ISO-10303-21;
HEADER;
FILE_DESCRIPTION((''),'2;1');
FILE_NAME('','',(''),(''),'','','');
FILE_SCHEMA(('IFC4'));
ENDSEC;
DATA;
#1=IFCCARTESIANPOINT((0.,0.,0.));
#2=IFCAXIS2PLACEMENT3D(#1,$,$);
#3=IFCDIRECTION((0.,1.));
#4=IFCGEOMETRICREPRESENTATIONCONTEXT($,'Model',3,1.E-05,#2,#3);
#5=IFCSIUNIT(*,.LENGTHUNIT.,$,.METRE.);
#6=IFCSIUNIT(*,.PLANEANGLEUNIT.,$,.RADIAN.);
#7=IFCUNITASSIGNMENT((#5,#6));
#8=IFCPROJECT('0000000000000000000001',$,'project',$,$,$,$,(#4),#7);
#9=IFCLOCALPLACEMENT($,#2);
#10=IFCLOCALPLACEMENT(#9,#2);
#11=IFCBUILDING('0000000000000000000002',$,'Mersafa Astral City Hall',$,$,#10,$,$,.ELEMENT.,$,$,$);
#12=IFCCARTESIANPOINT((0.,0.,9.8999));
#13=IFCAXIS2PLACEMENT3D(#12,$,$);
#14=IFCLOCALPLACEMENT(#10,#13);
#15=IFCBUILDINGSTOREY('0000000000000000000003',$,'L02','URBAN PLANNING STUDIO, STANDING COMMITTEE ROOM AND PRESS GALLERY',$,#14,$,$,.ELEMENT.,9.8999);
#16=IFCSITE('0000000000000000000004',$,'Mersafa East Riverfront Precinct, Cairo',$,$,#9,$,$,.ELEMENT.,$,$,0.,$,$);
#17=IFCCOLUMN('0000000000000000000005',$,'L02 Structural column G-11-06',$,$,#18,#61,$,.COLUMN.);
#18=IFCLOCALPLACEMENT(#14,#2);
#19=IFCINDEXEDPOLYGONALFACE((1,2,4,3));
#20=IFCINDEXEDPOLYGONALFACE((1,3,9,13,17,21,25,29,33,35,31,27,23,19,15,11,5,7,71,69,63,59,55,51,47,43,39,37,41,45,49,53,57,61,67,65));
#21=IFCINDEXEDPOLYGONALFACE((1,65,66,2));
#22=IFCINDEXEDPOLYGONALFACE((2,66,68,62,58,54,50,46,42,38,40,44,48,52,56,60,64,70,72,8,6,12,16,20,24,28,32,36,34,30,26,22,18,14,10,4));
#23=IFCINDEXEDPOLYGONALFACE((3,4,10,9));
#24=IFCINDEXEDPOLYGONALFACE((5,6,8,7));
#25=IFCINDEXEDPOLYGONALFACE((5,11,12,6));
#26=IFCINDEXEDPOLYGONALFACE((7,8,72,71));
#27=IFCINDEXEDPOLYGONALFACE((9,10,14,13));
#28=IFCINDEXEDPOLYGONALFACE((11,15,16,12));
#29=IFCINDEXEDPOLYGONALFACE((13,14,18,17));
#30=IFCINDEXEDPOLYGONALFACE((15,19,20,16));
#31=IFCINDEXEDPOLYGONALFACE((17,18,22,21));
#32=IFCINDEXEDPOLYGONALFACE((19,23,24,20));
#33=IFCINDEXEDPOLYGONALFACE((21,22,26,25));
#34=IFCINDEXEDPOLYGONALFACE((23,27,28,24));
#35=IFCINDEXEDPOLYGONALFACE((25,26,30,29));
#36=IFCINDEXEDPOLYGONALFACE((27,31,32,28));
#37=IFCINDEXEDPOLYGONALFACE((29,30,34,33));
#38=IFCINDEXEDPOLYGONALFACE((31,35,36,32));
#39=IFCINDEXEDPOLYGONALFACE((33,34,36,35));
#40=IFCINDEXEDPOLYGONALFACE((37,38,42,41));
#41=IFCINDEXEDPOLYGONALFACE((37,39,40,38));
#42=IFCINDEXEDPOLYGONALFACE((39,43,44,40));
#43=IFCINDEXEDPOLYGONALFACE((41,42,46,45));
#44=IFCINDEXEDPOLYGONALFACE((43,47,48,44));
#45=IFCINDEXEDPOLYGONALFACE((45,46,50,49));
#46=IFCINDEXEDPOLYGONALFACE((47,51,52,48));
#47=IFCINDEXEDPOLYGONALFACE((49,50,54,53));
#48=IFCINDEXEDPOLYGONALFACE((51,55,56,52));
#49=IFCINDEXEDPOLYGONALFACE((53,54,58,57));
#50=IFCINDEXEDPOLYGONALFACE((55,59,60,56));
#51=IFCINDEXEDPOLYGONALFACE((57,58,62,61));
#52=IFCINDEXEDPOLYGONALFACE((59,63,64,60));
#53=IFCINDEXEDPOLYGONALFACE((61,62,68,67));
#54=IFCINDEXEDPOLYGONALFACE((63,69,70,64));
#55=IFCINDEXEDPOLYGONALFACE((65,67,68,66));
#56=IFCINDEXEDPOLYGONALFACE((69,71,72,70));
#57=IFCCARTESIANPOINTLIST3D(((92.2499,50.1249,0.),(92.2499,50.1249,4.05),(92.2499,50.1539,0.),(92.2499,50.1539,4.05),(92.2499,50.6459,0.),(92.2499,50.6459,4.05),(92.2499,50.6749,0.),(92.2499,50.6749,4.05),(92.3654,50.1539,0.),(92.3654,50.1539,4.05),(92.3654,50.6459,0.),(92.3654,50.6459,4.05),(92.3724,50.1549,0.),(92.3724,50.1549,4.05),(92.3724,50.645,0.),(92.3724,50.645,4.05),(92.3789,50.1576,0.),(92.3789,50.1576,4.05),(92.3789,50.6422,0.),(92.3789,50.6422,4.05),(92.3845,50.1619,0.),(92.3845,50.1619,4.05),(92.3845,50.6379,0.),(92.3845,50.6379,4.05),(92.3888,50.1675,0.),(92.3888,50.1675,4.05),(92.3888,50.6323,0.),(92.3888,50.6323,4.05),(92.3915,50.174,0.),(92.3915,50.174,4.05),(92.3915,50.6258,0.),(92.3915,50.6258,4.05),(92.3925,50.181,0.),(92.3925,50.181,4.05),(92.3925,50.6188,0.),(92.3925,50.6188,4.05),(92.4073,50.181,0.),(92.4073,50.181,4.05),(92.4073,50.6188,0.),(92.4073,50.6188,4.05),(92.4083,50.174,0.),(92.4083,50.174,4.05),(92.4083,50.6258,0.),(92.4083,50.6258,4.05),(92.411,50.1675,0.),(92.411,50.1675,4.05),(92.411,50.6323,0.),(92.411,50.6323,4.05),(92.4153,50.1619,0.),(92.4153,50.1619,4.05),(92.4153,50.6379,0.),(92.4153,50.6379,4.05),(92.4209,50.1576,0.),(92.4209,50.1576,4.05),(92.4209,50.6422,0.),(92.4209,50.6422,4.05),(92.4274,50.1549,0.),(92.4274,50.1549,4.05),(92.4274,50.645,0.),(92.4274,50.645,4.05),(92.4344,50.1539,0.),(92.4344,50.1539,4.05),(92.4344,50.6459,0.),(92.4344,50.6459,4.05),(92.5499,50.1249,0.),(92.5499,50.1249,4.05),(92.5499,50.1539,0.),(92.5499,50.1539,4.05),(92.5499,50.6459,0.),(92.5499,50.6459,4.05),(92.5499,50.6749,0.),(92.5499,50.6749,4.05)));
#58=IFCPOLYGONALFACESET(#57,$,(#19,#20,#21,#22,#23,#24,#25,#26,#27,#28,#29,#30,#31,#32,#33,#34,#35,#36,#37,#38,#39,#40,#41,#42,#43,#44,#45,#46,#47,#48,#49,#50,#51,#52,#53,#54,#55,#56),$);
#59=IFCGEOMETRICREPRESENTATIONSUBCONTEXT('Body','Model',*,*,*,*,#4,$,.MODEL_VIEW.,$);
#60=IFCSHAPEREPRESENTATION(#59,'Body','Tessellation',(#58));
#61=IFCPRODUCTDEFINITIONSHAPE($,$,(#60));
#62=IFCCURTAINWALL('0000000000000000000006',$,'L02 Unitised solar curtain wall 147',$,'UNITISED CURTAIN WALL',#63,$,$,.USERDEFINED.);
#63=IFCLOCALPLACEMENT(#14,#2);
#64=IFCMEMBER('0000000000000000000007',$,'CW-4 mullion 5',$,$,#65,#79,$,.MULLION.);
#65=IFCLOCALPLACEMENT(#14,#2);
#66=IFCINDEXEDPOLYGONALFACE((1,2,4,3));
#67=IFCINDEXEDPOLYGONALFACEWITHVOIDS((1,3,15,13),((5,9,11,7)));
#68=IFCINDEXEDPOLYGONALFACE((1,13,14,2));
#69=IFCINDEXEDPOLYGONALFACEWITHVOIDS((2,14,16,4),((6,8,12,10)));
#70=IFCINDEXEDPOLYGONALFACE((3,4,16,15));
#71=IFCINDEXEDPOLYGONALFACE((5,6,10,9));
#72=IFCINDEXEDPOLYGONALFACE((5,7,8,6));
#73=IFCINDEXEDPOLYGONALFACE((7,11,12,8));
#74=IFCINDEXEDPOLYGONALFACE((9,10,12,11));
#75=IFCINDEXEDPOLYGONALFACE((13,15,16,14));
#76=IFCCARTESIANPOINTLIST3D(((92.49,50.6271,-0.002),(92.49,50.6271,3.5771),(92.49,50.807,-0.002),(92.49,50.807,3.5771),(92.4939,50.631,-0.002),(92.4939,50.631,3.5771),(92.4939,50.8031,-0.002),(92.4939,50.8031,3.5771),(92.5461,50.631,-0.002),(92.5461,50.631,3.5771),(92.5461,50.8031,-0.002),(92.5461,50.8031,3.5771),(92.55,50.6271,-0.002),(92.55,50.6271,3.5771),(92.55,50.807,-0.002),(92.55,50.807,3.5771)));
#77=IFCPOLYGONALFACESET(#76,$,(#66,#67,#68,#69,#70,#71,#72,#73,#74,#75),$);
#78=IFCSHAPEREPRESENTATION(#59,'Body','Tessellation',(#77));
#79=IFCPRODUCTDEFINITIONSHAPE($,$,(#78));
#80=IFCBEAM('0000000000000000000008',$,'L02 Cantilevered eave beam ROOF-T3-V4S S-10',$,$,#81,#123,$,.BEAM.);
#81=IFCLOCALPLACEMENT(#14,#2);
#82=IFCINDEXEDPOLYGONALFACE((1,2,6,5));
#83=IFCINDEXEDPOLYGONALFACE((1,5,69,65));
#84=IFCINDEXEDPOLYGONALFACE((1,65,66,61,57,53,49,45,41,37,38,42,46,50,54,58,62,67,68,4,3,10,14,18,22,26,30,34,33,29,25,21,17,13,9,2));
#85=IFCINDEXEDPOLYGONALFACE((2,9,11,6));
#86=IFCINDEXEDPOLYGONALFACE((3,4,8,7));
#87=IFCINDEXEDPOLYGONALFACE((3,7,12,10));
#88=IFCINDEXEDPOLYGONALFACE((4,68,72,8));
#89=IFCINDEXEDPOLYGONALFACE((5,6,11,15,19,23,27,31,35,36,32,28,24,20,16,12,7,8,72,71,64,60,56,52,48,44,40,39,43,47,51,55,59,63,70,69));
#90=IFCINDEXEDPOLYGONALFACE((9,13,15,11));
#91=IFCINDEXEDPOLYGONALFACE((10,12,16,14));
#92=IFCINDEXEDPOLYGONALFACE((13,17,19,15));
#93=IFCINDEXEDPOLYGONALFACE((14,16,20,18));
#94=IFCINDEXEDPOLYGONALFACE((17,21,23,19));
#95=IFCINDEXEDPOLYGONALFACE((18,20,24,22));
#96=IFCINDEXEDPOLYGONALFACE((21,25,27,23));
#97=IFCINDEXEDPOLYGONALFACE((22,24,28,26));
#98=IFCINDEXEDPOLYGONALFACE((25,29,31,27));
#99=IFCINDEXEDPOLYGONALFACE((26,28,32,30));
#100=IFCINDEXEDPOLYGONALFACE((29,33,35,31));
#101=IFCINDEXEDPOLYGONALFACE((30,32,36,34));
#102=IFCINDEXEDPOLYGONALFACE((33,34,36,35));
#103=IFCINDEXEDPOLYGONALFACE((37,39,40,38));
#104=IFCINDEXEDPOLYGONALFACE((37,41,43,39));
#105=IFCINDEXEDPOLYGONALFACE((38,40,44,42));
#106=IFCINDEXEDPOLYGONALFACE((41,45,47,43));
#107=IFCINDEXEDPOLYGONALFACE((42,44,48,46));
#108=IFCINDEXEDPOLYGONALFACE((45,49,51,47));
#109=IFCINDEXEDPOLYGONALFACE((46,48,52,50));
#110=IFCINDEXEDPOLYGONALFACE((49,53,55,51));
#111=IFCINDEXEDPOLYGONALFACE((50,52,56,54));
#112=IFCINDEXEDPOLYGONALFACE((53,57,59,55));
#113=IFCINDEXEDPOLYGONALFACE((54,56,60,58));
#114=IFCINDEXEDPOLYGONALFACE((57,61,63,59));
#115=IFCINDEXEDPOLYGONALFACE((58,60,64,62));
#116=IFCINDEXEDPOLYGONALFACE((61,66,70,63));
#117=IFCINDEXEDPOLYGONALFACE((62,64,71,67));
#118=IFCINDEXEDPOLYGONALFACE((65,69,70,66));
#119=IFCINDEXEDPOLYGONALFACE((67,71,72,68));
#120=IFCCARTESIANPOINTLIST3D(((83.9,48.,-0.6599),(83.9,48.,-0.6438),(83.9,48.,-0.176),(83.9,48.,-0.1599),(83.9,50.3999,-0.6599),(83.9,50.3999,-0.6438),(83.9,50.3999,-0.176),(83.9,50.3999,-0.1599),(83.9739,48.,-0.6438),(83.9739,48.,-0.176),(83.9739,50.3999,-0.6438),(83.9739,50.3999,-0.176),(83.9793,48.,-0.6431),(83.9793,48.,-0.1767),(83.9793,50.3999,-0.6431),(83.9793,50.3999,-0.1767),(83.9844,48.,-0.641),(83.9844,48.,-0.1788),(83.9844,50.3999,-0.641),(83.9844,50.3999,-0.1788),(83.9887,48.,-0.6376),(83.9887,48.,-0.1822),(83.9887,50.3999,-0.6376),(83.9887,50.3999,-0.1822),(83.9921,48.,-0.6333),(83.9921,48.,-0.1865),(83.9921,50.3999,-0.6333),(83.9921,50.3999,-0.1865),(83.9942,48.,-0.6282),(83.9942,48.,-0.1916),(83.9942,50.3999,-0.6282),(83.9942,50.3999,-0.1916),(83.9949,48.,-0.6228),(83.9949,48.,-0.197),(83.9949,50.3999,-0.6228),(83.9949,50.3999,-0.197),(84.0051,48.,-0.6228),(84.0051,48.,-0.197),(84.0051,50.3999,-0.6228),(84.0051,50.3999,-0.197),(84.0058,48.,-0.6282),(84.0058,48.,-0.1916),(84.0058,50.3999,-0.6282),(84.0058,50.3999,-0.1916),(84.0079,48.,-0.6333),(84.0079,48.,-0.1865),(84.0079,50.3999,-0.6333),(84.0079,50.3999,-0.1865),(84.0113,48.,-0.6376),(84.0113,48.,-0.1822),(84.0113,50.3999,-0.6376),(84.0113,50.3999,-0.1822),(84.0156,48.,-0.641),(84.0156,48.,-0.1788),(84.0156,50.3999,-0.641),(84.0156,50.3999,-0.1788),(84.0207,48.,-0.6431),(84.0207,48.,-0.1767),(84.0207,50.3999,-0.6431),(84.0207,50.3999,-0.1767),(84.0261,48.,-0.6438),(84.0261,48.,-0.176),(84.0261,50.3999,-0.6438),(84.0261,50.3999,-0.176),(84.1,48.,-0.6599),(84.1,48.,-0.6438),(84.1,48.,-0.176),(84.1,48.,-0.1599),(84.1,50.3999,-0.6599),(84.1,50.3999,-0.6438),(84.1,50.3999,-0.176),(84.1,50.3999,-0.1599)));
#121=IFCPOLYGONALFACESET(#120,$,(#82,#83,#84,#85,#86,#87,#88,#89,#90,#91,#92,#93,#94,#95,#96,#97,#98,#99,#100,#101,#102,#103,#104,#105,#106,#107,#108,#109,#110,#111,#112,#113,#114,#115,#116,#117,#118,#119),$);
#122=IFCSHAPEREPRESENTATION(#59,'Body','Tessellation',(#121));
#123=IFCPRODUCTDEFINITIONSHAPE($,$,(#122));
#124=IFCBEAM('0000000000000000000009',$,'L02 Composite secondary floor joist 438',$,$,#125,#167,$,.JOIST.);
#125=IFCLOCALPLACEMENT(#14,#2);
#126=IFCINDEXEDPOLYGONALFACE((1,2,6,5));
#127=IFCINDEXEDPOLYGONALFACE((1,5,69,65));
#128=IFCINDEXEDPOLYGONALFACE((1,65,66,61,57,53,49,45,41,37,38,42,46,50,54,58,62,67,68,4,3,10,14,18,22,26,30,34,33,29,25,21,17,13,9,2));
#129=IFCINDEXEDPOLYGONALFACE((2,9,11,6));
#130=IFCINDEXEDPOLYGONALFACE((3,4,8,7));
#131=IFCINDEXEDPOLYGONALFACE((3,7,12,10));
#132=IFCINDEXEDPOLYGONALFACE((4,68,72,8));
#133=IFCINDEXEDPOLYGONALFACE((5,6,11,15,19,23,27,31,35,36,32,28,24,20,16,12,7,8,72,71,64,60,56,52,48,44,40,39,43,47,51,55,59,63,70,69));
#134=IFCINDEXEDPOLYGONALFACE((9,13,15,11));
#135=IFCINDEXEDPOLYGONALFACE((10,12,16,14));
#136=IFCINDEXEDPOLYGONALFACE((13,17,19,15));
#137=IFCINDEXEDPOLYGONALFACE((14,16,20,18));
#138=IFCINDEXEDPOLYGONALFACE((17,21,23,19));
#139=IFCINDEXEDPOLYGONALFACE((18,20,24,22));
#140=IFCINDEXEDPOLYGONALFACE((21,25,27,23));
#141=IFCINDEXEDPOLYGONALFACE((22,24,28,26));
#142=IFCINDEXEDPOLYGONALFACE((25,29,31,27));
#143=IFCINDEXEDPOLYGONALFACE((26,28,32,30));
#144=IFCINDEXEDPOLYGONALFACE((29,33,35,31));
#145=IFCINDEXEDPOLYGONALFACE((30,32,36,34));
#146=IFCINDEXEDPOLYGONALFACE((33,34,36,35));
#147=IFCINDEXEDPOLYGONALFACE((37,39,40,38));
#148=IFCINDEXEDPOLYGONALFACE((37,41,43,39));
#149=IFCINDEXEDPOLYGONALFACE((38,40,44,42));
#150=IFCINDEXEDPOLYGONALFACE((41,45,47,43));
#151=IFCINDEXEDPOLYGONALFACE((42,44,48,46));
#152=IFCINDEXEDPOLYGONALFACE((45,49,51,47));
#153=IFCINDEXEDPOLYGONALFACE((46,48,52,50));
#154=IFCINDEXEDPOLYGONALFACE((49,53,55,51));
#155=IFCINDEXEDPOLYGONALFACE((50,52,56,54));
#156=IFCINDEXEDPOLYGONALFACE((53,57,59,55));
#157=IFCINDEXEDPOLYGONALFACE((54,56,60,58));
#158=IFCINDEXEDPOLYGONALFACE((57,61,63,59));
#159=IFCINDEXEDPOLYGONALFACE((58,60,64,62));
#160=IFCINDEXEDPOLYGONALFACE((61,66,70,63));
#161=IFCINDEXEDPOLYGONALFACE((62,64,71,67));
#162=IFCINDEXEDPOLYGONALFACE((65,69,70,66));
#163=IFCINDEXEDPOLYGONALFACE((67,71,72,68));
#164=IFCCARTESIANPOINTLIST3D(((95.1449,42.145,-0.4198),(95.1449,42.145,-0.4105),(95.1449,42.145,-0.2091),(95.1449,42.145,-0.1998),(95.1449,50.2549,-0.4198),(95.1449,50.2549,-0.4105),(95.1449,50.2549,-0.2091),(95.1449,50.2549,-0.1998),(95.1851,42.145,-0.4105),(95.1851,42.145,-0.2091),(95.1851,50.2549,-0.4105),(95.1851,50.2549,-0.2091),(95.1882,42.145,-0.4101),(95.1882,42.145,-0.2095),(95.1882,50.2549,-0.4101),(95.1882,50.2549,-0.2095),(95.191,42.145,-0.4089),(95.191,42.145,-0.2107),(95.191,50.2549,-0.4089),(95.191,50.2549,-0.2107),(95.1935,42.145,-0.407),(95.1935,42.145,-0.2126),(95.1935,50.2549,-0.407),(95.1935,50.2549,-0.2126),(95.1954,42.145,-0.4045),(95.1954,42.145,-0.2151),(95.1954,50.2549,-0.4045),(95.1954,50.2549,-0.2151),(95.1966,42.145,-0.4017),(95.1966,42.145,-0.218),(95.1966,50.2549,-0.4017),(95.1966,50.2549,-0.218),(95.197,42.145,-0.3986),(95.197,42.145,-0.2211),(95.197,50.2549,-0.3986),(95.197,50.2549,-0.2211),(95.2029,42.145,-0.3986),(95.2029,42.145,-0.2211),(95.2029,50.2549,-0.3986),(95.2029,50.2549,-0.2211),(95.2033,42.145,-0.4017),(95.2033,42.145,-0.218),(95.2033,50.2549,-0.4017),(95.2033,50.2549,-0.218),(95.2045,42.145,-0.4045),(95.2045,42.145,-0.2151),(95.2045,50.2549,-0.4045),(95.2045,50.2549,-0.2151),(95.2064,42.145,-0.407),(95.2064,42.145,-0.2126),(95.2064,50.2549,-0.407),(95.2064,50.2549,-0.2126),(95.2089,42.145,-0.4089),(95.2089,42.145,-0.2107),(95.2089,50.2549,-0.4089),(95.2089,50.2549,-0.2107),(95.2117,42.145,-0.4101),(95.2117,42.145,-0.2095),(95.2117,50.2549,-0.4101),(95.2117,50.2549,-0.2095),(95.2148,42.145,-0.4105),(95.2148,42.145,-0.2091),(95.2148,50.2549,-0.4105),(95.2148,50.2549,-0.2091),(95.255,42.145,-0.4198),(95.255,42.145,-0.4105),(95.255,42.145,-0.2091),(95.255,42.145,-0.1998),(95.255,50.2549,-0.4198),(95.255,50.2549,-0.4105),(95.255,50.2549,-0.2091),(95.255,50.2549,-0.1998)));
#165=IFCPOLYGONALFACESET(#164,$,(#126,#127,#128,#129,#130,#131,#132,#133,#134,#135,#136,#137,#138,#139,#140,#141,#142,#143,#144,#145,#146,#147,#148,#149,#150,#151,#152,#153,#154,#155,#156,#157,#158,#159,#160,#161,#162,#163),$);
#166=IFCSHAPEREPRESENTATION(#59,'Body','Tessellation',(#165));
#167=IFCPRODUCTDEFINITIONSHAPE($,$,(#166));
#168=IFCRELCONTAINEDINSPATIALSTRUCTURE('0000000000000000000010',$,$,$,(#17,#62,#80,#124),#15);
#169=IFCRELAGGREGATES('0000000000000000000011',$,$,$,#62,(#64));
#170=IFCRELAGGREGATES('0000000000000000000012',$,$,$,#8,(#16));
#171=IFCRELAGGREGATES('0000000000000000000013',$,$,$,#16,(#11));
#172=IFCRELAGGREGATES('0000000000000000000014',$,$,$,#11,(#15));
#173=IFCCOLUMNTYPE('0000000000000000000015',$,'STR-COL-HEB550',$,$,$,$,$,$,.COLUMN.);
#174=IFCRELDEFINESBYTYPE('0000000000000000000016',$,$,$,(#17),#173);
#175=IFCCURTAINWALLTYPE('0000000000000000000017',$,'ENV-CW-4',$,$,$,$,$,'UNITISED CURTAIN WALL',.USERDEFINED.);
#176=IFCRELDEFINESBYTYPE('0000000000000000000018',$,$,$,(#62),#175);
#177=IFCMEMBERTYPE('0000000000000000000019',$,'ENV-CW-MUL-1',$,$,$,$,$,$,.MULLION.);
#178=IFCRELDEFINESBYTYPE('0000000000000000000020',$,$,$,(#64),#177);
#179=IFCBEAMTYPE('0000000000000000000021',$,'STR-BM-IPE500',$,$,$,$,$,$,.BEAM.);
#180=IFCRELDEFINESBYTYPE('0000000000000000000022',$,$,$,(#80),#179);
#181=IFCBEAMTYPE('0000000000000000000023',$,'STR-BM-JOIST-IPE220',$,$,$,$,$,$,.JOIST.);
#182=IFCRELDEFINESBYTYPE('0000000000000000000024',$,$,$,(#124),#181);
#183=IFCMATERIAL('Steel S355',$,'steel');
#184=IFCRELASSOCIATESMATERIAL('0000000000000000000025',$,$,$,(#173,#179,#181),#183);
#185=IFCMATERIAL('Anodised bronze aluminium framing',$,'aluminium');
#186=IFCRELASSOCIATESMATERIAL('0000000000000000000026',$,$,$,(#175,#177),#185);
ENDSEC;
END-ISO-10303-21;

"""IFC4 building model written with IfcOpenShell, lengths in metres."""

from ifc_helpers import new_model, si_unit, direction, frame, origin, origin_2d, place, context, subcontext, project, spatial, hollow_rectangle, i_section, extrude, material, material_profile, profile_set, type_object, element, aggregate, save


model = new_model("IFC4")

# Units and contexts
model_context = context("Model", 3, precision=1e-05, world=origin(), true_north=direction((0.0, 1.0)))
body_context = subcontext(model_context, "Body", "Model", "MODEL_VIEW")
ifc_project = project(units=[si_unit("LENGTHUNIT", "METRE"), si_unit("PLANEANGLEUNIT", "RADIAN")], contexts=[model_context])

# Site, building, storey
site_placement = place(None, origin())
site = spatial("IfcSite", under=ifc_project, at=site_placement, Name="Mersafa East Riverfront Precinct, Cairo", CompositionType="ELEMENT", RefElevation=0.0)
building_placement = place(site_placement, origin())
building = spatial("IfcBuilding", under=site, at=building_placement, Name="Mersafa Astral City Hall", CompositionType="ELEMENT")
storey_placement = place(building_placement, frame((0.0, 0.0, 9.8999)))
storey = spatial("IfcBuildingStorey", under=building, at=storey_placement, Name="L02", Description="URBAN PLANNING STUDIO, STANDING COMMITTEE ROOM AND PRESS GALLERY", CompositionType="ELEMENT", Elevation=9.8999)

# Column
ifc_material_1 = material(Name="Steel S355", Category="steel")
ifc_material_profile_1 = material_profile(ifc_material_1, i_section(OverallWidth=0.3, OverallDepth=0.55, WebThickness=0.0149, FlangeThickness=0.0291, FilletRadius=0.0271, at=origin_2d()), Name="HEB 550")
ifc_profile_set_1 = profile_set([ifc_material_profile_1], Name="Steel S355")
column_type = type_object("IfcColumnType", Name="STR-COL-HEB550", PredefinedType="COLUMN", material=ifc_profile_set_1)
column_placement = place(storey_placement, frame((92.3999, 50.3999, 0.0), z_axis=(0.0, 0.0, 1.0), x_axis=(1.0, 0.0, 0.0)))
element("IfcColumn", 1, at=column_placement, inside=storey, type_object=column_type, Name="L02 Structural column G-11-06", PredefinedType="COLUMN", context=body_context, shape_type="SweptSolid", body=[
    extrude(i_section(OverallWidth=0.3, OverallDepth=0.55, WebThickness=0.0149, FlangeThickness=0.0291, FilletRadius=0.0271, at=origin_2d()), origin(), (0.0, 0.0, 1.0), 4.05),
])

# Curtain wall, member
ifc_material_2 = material(Name="Anodised bronze aluminium framing", Category="aluminium")
curtain_wall_type = type_object("IfcCurtainWallType", Name="ENV-CW-4", ElementType="UNITISED CURTAIN WALL", PredefinedType="USERDEFINED", material=ifc_material_2)
curtain_wall_placement = place(storey_placement, origin())
curtain_wall = element("IfcCurtainWall", 2, at=curtain_wall_placement, inside=storey, type_object=curtain_wall_type, Name="L02 Unitised solar curtain wall 147", ObjectType="UNITISED CURTAIN WALL", PredefinedType="USERDEFINED")
ifc_material_profile_2 = material_profile(ifc_material_2, hollow_rectangle(XDim=0.0601, YDim=0.1799, WallThickness=0.0039, at=origin_2d()), Name="RHS 60x180x4")
ifc_profile_set_2 = profile_set([ifc_material_profile_2], Name="Anodised bronze aluminium framing")
member_type_1 = type_object("IfcMemberType", Name="ENV-CW-MUL-1", PredefinedType="MULLION", material=ifc_profile_set_2)
member_1_placement = place(storey_placement, frame((92.52, 50.717, -0.002), z_axis=(0.0, 0.0, 1.0), x_axis=(1.0, 0.0, 0.0)))
member_1 = element("IfcMember", 3, at=member_1_placement, type_object=member_type_1, Name="CW-4 mullion 5", PredefinedType="MULLION", context=body_context, shape_type="SweptSolid", body=[
    extrude(hollow_rectangle(XDim=0.0601, YDim=0.1799, WallThickness=0.0039, at=origin_2d()), origin(), (0.0, 0.0, 1.0), 3.5791),
])

# Beams
ifc_material_profile_3 = material_profile(ifc_material_1, i_section(OverallWidth=0.2, OverallDepth=0.5, WebThickness=0.0103, FlangeThickness=0.0161, FilletRadius=0.021, at=origin_2d()), Name="IPE 500")
ifc_profile_set_3 = profile_set([ifc_material_profile_3], Name="Steel S355")
beam_type_1 = type_object("IfcBeamType", Name="STR-BM-IPE500", PredefinedType="BEAM", material=ifc_profile_set_3)
beam_1_placement = place(storey_placement, frame((84.0, 50.3999, -0.4099), z_axis=(0.0, -1.0, 0.0), x_axis=(1.0, 0.0, 0.0)))
element("IfcBeam", 4, at=beam_1_placement, inside=storey, type_object=beam_type_1, Name="L02 Cantilevered eave beam ROOF-T3-V4S S-10", PredefinedType="BEAM", context=body_context, shape_type="SweptSolid", body=[
    extrude(i_section(OverallWidth=0.2, OverallDepth=0.5, WebThickness=0.0103, FlangeThickness=0.0161, FilletRadius=0.021, at=origin_2d()), origin(), (0.0, 0.0, 1.0), 2.3999),
])
ifc_material_profile_4 = material_profile(ifc_material_1, i_section(OverallWidth=0.1101, OverallDepth=0.22, WebThickness=0.0059, FlangeThickness=0.0093, FilletRadius=0.012, at=origin_2d()), Name="IPE 220")
ifc_profile_set_4 = profile_set([ifc_material_profile_4], Name="Steel S355")
beam_type_2 = type_object("IfcBeamType", Name="STR-BM-JOIST-IPE220", PredefinedType="JOIST", material=ifc_profile_set_4)
beam_2_placement = place(storey_placement, frame((95.2, 42.145, -0.3098), z_axis=(0.0, 1.0, 0.0), x_axis=(-1.0, 0.0, 0.0)))
element("IfcBeam", 5, at=beam_2_placement, inside=storey, type_object=beam_type_2, Name="L02 Composite secondary floor joist 438", PredefinedType="JOIST", context=body_context, shape_type="SweptSolid", body=[
    extrude(i_section(OverallWidth=0.1101, OverallDepth=0.22, WebThickness=0.0059, FlangeThickness=0.0093, FilletRadius=0.012, at=origin_2d()), origin(), (0.0, 0.0, 1.0), 8.1099),
])

aggregate(curtain_wall, [member_1])

save(model, "model.ifc")
